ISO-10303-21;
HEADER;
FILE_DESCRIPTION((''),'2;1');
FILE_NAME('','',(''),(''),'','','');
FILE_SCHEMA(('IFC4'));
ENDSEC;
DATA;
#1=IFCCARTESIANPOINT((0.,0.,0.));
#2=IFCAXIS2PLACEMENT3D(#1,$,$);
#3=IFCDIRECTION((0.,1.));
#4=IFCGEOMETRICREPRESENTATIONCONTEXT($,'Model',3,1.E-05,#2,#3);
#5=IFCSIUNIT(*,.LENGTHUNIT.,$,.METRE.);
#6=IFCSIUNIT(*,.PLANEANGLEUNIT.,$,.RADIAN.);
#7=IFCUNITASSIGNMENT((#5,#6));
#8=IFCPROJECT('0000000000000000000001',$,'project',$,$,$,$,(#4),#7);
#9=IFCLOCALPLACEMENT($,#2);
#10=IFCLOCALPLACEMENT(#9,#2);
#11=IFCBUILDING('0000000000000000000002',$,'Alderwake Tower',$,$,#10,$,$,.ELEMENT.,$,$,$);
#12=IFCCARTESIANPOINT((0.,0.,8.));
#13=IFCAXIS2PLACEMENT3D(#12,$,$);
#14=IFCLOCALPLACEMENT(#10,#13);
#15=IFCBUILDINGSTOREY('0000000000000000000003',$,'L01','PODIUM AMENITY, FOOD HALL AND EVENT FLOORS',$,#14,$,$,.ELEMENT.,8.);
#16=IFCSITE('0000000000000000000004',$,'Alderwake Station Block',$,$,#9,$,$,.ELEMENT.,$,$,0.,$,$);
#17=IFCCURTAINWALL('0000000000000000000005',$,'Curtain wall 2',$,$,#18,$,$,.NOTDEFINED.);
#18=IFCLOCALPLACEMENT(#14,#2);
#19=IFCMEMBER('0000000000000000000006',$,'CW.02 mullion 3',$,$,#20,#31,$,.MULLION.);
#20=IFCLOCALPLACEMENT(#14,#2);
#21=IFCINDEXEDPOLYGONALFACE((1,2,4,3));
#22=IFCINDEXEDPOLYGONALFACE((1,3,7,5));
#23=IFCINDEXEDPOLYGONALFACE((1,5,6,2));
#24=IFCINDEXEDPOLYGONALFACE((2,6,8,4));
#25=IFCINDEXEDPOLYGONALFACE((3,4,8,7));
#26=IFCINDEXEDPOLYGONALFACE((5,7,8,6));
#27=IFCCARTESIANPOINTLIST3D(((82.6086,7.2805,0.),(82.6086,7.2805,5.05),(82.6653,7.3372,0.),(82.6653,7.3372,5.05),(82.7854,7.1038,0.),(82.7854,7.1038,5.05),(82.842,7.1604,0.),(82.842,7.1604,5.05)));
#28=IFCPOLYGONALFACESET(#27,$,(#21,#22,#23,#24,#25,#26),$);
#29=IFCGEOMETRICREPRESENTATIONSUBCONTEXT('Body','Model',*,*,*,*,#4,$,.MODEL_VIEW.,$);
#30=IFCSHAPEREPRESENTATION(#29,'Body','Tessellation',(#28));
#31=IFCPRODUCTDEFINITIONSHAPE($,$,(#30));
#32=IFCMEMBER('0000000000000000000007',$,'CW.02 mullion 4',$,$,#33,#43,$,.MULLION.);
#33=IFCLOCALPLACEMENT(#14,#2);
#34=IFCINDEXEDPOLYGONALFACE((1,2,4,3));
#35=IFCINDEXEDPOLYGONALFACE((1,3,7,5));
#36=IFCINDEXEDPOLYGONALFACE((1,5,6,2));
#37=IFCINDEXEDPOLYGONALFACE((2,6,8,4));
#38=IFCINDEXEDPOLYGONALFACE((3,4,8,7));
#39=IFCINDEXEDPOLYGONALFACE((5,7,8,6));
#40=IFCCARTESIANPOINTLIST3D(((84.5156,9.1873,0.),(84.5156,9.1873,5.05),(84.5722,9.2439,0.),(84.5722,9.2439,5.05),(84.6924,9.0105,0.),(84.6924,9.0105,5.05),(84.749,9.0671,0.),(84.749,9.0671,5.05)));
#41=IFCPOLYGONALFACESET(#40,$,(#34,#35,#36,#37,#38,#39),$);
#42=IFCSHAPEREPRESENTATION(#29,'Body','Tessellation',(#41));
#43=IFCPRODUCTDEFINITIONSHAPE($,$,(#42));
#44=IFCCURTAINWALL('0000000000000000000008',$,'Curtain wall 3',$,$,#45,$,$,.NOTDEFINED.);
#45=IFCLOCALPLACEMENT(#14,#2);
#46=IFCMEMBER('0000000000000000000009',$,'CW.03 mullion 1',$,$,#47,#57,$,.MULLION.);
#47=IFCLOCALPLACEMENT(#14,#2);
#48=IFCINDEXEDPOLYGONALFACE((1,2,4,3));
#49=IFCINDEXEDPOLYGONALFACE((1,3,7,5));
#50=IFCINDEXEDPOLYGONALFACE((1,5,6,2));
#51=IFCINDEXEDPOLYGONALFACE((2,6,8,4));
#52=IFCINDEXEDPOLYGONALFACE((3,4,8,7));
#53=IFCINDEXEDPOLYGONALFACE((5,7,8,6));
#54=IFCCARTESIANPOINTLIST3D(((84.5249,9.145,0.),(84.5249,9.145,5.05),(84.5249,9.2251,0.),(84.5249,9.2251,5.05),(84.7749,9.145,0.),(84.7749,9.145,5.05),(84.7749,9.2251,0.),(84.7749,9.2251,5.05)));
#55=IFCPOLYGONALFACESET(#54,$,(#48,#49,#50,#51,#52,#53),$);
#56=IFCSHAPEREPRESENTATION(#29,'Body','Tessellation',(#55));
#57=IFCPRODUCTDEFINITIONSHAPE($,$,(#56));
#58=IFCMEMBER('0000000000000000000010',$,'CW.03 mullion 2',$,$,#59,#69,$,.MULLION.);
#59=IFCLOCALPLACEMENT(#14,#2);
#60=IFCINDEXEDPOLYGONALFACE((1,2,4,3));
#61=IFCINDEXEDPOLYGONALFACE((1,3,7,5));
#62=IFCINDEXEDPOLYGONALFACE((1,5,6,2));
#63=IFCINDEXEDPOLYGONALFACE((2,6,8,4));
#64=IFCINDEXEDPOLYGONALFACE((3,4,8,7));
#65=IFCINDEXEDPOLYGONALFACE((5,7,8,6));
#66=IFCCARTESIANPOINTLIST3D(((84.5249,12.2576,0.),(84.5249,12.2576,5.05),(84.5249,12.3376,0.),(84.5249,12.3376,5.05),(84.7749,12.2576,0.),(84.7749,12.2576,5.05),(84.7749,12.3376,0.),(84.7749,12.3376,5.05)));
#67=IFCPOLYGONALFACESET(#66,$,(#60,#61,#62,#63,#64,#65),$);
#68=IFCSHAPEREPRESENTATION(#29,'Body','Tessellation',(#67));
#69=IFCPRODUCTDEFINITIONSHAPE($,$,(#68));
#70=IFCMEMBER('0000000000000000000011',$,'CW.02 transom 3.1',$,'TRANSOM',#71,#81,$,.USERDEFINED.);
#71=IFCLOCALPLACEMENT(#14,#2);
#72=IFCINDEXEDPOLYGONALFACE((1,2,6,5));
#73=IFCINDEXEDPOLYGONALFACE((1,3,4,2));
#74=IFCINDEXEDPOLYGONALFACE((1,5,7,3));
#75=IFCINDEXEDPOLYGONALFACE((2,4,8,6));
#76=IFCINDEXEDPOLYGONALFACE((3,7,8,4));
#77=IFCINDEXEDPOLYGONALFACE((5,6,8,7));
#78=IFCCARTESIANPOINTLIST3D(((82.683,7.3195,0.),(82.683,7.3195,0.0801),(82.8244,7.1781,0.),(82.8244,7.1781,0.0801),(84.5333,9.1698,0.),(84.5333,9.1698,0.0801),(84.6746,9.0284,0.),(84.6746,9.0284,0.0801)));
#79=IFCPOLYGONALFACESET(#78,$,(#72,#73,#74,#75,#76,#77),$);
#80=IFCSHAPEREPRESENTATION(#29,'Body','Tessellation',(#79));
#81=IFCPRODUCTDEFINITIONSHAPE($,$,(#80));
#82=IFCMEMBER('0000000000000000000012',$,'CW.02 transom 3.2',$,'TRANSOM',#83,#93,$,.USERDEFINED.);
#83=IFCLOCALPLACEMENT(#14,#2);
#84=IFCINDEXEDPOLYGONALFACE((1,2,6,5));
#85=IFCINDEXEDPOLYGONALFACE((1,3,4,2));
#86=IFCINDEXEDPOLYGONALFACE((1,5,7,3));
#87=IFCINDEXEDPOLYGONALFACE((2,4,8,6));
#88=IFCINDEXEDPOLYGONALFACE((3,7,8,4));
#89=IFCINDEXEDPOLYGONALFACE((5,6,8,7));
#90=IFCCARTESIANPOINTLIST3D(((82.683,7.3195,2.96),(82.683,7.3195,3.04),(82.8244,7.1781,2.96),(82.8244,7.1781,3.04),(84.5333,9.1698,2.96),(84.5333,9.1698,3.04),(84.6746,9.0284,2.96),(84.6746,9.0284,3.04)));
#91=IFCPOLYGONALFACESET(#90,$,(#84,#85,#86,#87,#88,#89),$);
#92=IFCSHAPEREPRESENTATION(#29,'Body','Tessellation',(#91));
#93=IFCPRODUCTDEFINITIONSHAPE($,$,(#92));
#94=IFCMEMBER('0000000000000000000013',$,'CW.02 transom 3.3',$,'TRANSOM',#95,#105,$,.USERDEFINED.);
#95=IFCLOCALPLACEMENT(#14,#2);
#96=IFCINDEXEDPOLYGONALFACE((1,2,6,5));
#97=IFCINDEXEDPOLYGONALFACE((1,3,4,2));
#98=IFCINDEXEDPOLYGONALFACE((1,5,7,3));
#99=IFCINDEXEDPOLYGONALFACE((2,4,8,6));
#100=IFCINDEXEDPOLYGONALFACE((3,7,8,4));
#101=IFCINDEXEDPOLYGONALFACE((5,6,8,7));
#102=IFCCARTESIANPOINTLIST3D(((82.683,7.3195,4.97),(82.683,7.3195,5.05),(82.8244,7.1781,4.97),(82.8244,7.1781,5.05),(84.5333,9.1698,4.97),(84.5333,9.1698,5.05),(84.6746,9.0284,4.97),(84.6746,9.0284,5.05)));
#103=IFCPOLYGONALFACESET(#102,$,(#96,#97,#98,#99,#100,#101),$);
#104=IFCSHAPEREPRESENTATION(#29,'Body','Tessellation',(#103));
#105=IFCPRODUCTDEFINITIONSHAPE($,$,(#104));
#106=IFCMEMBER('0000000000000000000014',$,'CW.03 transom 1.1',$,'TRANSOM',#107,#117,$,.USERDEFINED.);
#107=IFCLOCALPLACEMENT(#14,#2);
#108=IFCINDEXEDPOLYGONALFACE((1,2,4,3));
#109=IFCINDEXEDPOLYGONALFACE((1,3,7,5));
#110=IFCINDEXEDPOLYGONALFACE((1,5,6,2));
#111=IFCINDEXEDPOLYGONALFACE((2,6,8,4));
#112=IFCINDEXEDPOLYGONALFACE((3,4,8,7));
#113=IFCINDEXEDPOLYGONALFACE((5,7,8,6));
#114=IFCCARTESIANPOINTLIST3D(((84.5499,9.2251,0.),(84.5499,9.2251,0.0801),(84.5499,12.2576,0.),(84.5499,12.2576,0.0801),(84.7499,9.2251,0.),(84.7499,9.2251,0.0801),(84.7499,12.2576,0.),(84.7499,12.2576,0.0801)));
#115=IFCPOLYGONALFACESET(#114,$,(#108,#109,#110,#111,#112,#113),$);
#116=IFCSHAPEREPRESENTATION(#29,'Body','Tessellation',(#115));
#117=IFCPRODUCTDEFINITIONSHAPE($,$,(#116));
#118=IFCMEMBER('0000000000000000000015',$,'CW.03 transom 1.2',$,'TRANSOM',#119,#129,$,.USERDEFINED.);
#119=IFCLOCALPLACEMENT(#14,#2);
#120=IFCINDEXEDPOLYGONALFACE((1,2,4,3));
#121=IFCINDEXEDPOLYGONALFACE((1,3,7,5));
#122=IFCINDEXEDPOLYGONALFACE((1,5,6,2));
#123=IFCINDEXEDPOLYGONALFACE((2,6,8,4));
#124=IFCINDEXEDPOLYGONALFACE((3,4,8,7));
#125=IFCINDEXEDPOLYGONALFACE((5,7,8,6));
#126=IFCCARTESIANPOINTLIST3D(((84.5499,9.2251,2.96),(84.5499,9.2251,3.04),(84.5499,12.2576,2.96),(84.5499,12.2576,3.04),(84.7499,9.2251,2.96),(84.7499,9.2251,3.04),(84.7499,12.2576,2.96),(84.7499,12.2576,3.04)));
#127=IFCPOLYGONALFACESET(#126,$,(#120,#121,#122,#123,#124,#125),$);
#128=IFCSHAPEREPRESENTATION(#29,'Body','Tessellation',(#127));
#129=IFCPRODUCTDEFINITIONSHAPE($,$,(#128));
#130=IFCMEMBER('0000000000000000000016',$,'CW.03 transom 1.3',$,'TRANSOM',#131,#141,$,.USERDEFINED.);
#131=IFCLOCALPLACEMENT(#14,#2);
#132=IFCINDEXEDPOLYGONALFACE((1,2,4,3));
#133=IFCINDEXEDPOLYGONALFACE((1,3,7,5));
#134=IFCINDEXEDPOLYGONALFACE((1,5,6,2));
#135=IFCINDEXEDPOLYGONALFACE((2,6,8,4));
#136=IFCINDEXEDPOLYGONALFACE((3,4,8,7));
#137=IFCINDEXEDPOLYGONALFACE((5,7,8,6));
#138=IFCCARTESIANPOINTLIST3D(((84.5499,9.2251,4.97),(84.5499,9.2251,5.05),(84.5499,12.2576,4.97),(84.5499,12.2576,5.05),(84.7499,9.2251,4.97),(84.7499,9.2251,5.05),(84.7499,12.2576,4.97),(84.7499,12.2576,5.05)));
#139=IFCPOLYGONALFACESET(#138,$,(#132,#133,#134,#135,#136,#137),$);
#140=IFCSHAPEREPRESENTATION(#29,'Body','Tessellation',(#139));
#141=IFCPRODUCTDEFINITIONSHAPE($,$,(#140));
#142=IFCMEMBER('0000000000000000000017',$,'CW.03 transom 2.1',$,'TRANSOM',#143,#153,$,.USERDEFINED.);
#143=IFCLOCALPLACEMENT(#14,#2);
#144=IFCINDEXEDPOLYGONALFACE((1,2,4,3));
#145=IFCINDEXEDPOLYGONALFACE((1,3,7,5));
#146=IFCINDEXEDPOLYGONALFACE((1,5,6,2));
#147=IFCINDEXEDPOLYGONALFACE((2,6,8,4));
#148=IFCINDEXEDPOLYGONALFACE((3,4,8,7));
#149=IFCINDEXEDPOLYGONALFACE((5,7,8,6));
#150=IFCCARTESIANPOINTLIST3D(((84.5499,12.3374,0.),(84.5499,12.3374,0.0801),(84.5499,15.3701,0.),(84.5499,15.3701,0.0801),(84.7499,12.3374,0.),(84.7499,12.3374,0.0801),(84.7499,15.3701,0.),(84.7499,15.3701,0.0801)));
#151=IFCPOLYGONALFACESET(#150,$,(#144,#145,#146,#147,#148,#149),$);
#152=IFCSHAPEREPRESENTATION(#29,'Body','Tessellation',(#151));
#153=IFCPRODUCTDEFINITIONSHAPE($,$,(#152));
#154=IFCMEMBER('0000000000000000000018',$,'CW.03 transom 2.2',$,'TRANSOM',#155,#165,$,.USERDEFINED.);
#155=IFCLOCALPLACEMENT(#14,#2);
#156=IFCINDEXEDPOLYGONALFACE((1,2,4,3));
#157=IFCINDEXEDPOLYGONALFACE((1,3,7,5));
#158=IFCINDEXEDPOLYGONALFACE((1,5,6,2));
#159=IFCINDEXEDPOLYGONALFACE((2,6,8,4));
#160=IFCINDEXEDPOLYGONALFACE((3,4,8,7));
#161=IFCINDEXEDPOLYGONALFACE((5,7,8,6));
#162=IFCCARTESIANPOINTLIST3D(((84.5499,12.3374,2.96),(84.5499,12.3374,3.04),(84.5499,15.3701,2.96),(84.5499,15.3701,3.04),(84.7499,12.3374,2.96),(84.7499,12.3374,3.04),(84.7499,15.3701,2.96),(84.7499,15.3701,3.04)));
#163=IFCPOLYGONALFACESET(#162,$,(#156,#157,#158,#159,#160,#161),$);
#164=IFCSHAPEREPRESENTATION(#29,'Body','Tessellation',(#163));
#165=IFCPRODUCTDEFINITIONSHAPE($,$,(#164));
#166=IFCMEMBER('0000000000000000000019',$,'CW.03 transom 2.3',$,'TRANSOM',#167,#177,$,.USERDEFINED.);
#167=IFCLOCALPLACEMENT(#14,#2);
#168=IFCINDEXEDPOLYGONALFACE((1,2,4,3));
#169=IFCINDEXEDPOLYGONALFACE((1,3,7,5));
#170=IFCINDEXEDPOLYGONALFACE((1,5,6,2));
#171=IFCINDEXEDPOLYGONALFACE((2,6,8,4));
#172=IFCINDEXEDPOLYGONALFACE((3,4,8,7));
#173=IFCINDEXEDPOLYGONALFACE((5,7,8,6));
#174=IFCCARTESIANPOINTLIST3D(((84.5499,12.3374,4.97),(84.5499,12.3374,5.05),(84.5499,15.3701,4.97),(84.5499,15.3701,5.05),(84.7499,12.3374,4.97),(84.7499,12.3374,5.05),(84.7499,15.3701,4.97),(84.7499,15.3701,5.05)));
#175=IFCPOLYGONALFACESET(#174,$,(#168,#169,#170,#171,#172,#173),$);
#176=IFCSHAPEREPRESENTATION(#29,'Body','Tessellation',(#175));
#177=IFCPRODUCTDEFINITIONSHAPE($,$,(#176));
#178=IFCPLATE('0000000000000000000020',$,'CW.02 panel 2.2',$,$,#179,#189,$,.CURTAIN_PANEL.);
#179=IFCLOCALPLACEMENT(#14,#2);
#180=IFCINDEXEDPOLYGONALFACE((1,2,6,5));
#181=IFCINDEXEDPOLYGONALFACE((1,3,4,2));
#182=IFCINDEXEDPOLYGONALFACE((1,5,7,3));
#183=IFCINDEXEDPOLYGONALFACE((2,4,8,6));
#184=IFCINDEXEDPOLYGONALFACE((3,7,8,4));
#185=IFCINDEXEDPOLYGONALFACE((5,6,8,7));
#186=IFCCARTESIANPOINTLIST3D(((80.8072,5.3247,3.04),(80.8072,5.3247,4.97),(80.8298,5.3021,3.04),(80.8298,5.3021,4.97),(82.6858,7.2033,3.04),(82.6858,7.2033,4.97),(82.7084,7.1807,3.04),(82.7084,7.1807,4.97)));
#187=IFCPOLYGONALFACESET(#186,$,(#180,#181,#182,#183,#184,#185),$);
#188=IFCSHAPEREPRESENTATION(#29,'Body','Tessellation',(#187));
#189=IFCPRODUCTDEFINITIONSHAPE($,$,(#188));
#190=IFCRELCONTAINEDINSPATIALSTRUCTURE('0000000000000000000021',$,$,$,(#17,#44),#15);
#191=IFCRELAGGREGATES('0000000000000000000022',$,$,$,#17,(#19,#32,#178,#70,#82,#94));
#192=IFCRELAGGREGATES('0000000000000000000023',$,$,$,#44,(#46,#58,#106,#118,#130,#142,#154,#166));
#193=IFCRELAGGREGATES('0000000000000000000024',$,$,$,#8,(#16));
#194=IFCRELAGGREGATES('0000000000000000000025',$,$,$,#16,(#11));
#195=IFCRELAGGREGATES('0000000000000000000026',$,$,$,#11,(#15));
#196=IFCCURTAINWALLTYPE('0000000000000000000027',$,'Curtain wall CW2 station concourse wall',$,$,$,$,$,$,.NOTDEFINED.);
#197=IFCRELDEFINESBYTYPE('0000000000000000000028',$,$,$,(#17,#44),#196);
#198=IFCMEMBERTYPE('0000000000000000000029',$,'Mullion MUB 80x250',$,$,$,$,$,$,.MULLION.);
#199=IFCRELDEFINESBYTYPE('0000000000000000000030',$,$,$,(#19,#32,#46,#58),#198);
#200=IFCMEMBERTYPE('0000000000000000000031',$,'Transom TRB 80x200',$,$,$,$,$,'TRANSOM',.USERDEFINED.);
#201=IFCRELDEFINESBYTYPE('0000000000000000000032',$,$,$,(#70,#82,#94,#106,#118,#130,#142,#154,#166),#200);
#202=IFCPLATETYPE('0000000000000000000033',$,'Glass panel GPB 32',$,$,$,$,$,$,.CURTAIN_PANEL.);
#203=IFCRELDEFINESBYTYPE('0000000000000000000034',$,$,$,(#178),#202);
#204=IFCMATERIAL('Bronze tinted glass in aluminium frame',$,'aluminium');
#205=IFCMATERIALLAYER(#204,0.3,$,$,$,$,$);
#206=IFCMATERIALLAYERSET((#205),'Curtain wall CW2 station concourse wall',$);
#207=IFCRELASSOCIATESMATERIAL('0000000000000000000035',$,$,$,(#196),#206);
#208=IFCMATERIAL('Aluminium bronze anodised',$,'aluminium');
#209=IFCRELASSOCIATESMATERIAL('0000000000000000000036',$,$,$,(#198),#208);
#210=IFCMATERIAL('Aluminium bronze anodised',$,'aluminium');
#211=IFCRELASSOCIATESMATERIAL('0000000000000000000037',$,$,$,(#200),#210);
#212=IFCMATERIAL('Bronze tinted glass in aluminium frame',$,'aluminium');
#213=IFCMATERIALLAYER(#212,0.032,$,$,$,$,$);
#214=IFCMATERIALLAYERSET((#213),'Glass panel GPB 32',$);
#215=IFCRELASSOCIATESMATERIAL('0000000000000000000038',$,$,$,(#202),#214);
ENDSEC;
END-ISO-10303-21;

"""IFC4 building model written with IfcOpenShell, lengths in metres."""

from ifc_helpers import new_model, si_unit, direction, frame, origin, origin_2d, place, context, subcontext, project, spatial, rectangle, extrude, material, layer, layer_set, material_profile, profile_set, type_object, element, aggregate, save


model = new_model("IFC4")

# Units and contexts
model_context = context("Model", 3, precision=1e-05, world=origin(), true_north=direction((0.0, 1.0)))
body_context = subcontext(model_context, "Body", "Model", "MODEL_VIEW")
ifc_project = project(units=[si_unit("LENGTHUNIT", "METRE"), si_unit("PLANEANGLEUNIT", "RADIAN")], contexts=[model_context])

# Site, building, storey
site_placement = place(None, origin())
site = spatial("IfcSite", under=ifc_project, at=site_placement, Name="Alderwake Station Block", CompositionType="ELEMENT", RefElevation=0.0)
building_placement = place(site_placement, origin())
building = spatial("IfcBuilding", under=site, at=building_placement, Name="Alderwake Tower", CompositionType="ELEMENT")
storey_placement = place(building_placement, frame((0.0, 0.0, 8.0)))
storey = spatial("IfcBuildingStorey", under=building, at=storey_placement, Name="L01", Description="PODIUM AMENITY, FOOD HALL AND EVENT FLOORS", CompositionType="ELEMENT", Elevation=8.0)

# Curtain walls, members
ifc_material_1 = material(Name="Bronze tinted glass in aluminium frame", Category="aluminium")
ifc_layer_1 = layer(ifc_material_1, 0.3)
ifc_layer_set_1 = layer_set([ifc_layer_1], Name="Curtain wall CW2 station concourse wall")
curtain_wall_type = type_object("IfcCurtainWallType", Name="Curtain wall CW2 station concourse wall", PredefinedType="NOTDEFINED", material=ifc_layer_set_1)
curtain_wall_1_placement = place(storey_placement, origin())
curtain_wall_1 = element("IfcCurtainWall", 1, at=curtain_wall_1_placement, inside=storey, type_object=curtain_wall_type, Name="Curtain wall 2", PredefinedType="NOTDEFINED")
ifc_material_2 = material(Name="Aluminium bronze anodised", Category="aluminium")
ifc_material_profile_1 = material_profile(ifc_material_2, rectangle(XDim=0.25, YDim=0.0801, at=origin_2d()), Name="Mullion MUB 80x250")
ifc_profile_set_1 = profile_set([ifc_material_profile_1], Name="Aluminium bronze anodised")
member_type_1 = type_object("IfcMemberType", Name="Mullion MUB 80x250", PredefinedType="MULLION", material=ifc_profile_set_1)
member_1_placement = place(storey_placement, frame((82.7253, 7.2205, 0.0), z_axis=(0.0, 0.0, 1.0), x_axis=(-0.707107, 0.707107, 0.0)))
member_1 = element("IfcMember", 2, at=member_1_placement, type_object=member_type_1, Name="CW.02 mullion 3", PredefinedType="MULLION", context=body_context, shape_type="SweptSolid", body=[
    extrude(rectangle(XDim=0.25, YDim=0.0801, at=origin_2d()), origin(), (0.0, 0.0, 1.0), 5.05),
])
member_2_placement = place(storey_placement, frame((84.6323, 9.1272, 0.0), z_axis=(0.0, 0.0, 1.0), x_axis=(-0.707107, 0.707107, 0.0)))
member_2 = element("IfcMember", 3, at=member_2_placement, type_object=member_type_1, Name="CW.02 mullion 4", PredefinedType="MULLION", context=body_context, shape_type="SweptSolid", body=[
    extrude(rectangle(XDim=0.25, YDim=0.0801, at=origin_2d()), origin(), (0.0, 0.0, 1.0), 5.05),
])
curtain_wall_2_placement = place(storey_placement, origin())
curtain_wall_2 = element("IfcCurtainWall", 4, at=curtain_wall_2_placement, inside=storey, type_object=curtain_wall_type, Name="Curtain wall 3", PredefinedType="NOTDEFINED")
member_3_placement = place(storey_placement, frame((84.6499, 9.1851, 0.0), z_axis=(0.0, 0.0, 1.0), x_axis=(-1.0, 0.0, 0.0)))
member_3 = element("IfcMember", 5, at=member_3_placement, type_object=member_type_1, Name="CW.03 mullion 1", PredefinedType="MULLION", context=body_context, shape_type="SweptSolid", body=[
    extrude(rectangle(XDim=0.25, YDim=0.0801, at=origin_2d()), origin(), (0.0, 0.0, 1.0), 5.05),
])
member_4_placement = place(storey_placement, frame((84.6499, 12.2976, 0.0), z_axis=(0.0, 0.0, 1.0), x_axis=(-1.0, 0.0, 0.0)))
member_4 = element("IfcMember", 6, at=member_4_placement, type_object=member_type_1, Name="CW.03 mullion 2", PredefinedType="MULLION", context=body_context, shape_type="SweptSolid", body=[
    extrude(rectangle(XDim=0.25, YDim=0.0801, at=origin_2d()), origin(), (0.0, 0.0, 1.0), 5.05),
])

# Members
ifc_material_3 = material(Name="Aluminium bronze anodised", Category="aluminium")
ifc_material_profile_2 = material_profile(ifc_material_3, rectangle(XDim=0.2, YDim=0.0801, at=origin_2d()), Name="Transom TRB 80x200")
ifc_profile_set_2 = profile_set([ifc_material_profile_2], Name="Aluminium bronze anodised")
member_type_2 = type_object("IfcMemberType", Name="Transom TRB 80x200", ElementType="TRANSOM", PredefinedType="USERDEFINED", material=ifc_profile_set_2)
member_5_placement = place(storey_placement, frame((82.7537, 7.2488, 0.04), z_axis=(0.707107, 0.707107, 0.0), x_axis=(-0.707107, 0.707107, 0.0)))
member_5 = element("IfcMember", 7, at=member_5_placement, type_object=member_type_2, Name="CW.02 transom 3.1", ObjectType="TRANSOM", PredefinedType="USERDEFINED", context=body_context, shape_type="SweptSolid", body=[
    extrude(rectangle(XDim=0.2, YDim=0.0801, at=origin_2d()), origin(), (0.0, 0.0, 1.0), 2.6167),
])
member_6_placement = place(storey_placement, frame((82.7537, 7.2488, 3.0), z_axis=(0.707107, 0.707107, 0.0), x_axis=(-0.707107, 0.707107, 0.0)))
member_6 = element("IfcMember", 8, at=member_6_placement, type_object=member_type_2, Name="CW.02 transom 3.2", ObjectType="TRANSOM", PredefinedType="USERDEFINED", context=body_context, shape_type="SweptSolid", body=[
    extrude(rectangle(XDim=0.2, YDim=0.0801, at=origin_2d()), origin(), (0.0, 0.0, 1.0), 2.6167),
])
member_7_placement = place(storey_placement, frame((82.7537, 7.2488, 5.01), z_axis=(0.707107, 0.707107, 0.0), x_axis=(-0.707107, 0.707107, 0.0)))
member_7 = element("IfcMember", 9, at=member_7_placement, type_object=member_type_2, Name="CW.02 transom 3.3", ObjectType="TRANSOM", PredefinedType="USERDEFINED", context=body_context, shape_type="SweptSolid", body=[
    extrude(rectangle(XDim=0.2, YDim=0.0801, at=origin_2d()), origin(), (0.0, 0.0, 1.0), 2.6167),
])
member_8_placement = place(storey_placement, frame((84.6499, 9.2251, 0.04), z_axis=(0.0, 1.0, 0.0), x_axis=(-1.0, 0.0, 0.0)))
member_8 = element("IfcMember", 10, at=member_8_placement, type_object=member_type_2, Name="CW.03 transom 1.1", ObjectType="TRANSOM", PredefinedType="USERDEFINED", context=body_context, shape_type="SweptSolid", body=[
    extrude(rectangle(XDim=0.2, YDim=0.0801, at=origin_2d()), origin(), (0.0, 0.0, 1.0), 3.0325),
])
member_9_placement = place(storey_placement, frame((84.6499, 9.2251, 3.0), z_axis=(0.0, 1.0, 0.0), x_axis=(-1.0, 0.0, 0.0)))
member_9 = element("IfcMember", 11, at=member_9_placement, type_object=member_type_2, Name="CW.03 transom 1.2", ObjectType="TRANSOM", PredefinedType="USERDEFINED", context=body_context, shape_type="SweptSolid", body=[
    extrude(rectangle(XDim=0.2, YDim=0.0801, at=origin_2d()), origin(), (0.0, 0.0, 1.0), 3.0325),
])
member_10_placement = place(storey_placement, frame((84.6499, 9.2251, 5.01), z_axis=(0.0, 1.0, 0.0), x_axis=(-1.0, 0.0, 0.0)))
member_10 = element("IfcMember", 12, at=member_10_placement, type_object=member_type_2, Name="CW.03 transom 1.3", ObjectType="TRANSOM", PredefinedType="USERDEFINED", context=body_context, shape_type="SweptSolid", body=[
    extrude(rectangle(XDim=0.2, YDim=0.0801, at=origin_2d()), origin(), (0.0, 0.0, 1.0), 3.0325),
])
member_11_placement = place(storey_placement, frame((84.6499, 12.3374, 0.04), z_axis=(0.0, 1.0, 0.0), x_axis=(-1.0, 0.0, 0.0)))
member_11 = element("IfcMember", 13, at=member_11_placement, type_object=member_type_2, Name="CW.03 transom 2.1", ObjectType="TRANSOM", PredefinedType="USERDEFINED", context=body_context, shape_type="SweptSolid", body=[
    extrude(rectangle(XDim=0.2, YDim=0.0801, at=origin_2d()), origin(), (0.0, 0.0, 1.0), 3.0327),
])
member_12_placement = place(storey_placement, frame((84.6499, 12.3374, 3.0), z_axis=(0.0, 1.0, 0.0), x_axis=(-1.0, 0.0, 0.0)))
member_12 = element("IfcMember", 14, at=member_12_placement, type_object=member_type_2, Name="CW.03 transom 2.2", ObjectType="TRANSOM", PredefinedType="USERDEFINED", context=body_context, shape_type="SweptSolid", body=[
    extrude(rectangle(XDim=0.2, YDim=0.0801, at=origin_2d()), origin(), (0.0, 0.0, 1.0), 3.0327),
])
member_13_placement = place(storey_placement, frame((84.6499, 12.3374, 5.01), z_axis=(0.0, 1.0, 0.0), x_axis=(-1.0, 0.0, 0.0)))
member_13 = element("IfcMember", 15, at=member_13_placement, type_object=member_type_2, Name="CW.03 transom 2.3", ObjectType="TRANSOM", PredefinedType="USERDEFINED", context=body_context, shape_type="SweptSolid", body=[
    extrude(rectangle(XDim=0.2, YDim=0.0801, at=origin_2d()), origin(), (0.0, 0.0, 1.0), 3.0327),
])

# Plate
ifc_material_4 = material(Name="Bronze tinted glass in aluminium frame", Category="aluminium")
ifc_layer_2 = layer(ifc_material_4, 0.032)
ifc_layer_set_2 = layer_set([ifc_layer_2], Name="Glass panel GPB 32")
plate_type = type_object("IfcPlateType", Name="Glass panel GPB 32", PredefinedType="CURTAIN_PANEL", material=ifc_layer_set_2)
plate_1_placement = place(storey_placement, frame((81.7578, 6.2527, 3.04), z_axis=(0.0, 0.0, 1.0), x_axis=(0.707107, 0.707107, 0.0)))
plate_1 = element("IfcPlate", 16, at=plate_1_placement, type_object=plate_type, Name="CW.02 panel 2.2", PredefinedType="CURTAIN_PANEL", context=body_context, shape_type="SweptSolid", body=[
    extrude(rectangle(XDim=2.6567, YDim=0.032, at=origin_2d()), origin(), (0.0, 0.0, 1.0), 1.9299),
])
aggregate(curtain_wall_1, [member_1, member_2, plate_1, member_5, member_6, member_7])
aggregate(curtain_wall_2, [member_3, member_4, member_8, member_9, member_10, member_11, member_12, member_13])

save(model, "model.ifc")
